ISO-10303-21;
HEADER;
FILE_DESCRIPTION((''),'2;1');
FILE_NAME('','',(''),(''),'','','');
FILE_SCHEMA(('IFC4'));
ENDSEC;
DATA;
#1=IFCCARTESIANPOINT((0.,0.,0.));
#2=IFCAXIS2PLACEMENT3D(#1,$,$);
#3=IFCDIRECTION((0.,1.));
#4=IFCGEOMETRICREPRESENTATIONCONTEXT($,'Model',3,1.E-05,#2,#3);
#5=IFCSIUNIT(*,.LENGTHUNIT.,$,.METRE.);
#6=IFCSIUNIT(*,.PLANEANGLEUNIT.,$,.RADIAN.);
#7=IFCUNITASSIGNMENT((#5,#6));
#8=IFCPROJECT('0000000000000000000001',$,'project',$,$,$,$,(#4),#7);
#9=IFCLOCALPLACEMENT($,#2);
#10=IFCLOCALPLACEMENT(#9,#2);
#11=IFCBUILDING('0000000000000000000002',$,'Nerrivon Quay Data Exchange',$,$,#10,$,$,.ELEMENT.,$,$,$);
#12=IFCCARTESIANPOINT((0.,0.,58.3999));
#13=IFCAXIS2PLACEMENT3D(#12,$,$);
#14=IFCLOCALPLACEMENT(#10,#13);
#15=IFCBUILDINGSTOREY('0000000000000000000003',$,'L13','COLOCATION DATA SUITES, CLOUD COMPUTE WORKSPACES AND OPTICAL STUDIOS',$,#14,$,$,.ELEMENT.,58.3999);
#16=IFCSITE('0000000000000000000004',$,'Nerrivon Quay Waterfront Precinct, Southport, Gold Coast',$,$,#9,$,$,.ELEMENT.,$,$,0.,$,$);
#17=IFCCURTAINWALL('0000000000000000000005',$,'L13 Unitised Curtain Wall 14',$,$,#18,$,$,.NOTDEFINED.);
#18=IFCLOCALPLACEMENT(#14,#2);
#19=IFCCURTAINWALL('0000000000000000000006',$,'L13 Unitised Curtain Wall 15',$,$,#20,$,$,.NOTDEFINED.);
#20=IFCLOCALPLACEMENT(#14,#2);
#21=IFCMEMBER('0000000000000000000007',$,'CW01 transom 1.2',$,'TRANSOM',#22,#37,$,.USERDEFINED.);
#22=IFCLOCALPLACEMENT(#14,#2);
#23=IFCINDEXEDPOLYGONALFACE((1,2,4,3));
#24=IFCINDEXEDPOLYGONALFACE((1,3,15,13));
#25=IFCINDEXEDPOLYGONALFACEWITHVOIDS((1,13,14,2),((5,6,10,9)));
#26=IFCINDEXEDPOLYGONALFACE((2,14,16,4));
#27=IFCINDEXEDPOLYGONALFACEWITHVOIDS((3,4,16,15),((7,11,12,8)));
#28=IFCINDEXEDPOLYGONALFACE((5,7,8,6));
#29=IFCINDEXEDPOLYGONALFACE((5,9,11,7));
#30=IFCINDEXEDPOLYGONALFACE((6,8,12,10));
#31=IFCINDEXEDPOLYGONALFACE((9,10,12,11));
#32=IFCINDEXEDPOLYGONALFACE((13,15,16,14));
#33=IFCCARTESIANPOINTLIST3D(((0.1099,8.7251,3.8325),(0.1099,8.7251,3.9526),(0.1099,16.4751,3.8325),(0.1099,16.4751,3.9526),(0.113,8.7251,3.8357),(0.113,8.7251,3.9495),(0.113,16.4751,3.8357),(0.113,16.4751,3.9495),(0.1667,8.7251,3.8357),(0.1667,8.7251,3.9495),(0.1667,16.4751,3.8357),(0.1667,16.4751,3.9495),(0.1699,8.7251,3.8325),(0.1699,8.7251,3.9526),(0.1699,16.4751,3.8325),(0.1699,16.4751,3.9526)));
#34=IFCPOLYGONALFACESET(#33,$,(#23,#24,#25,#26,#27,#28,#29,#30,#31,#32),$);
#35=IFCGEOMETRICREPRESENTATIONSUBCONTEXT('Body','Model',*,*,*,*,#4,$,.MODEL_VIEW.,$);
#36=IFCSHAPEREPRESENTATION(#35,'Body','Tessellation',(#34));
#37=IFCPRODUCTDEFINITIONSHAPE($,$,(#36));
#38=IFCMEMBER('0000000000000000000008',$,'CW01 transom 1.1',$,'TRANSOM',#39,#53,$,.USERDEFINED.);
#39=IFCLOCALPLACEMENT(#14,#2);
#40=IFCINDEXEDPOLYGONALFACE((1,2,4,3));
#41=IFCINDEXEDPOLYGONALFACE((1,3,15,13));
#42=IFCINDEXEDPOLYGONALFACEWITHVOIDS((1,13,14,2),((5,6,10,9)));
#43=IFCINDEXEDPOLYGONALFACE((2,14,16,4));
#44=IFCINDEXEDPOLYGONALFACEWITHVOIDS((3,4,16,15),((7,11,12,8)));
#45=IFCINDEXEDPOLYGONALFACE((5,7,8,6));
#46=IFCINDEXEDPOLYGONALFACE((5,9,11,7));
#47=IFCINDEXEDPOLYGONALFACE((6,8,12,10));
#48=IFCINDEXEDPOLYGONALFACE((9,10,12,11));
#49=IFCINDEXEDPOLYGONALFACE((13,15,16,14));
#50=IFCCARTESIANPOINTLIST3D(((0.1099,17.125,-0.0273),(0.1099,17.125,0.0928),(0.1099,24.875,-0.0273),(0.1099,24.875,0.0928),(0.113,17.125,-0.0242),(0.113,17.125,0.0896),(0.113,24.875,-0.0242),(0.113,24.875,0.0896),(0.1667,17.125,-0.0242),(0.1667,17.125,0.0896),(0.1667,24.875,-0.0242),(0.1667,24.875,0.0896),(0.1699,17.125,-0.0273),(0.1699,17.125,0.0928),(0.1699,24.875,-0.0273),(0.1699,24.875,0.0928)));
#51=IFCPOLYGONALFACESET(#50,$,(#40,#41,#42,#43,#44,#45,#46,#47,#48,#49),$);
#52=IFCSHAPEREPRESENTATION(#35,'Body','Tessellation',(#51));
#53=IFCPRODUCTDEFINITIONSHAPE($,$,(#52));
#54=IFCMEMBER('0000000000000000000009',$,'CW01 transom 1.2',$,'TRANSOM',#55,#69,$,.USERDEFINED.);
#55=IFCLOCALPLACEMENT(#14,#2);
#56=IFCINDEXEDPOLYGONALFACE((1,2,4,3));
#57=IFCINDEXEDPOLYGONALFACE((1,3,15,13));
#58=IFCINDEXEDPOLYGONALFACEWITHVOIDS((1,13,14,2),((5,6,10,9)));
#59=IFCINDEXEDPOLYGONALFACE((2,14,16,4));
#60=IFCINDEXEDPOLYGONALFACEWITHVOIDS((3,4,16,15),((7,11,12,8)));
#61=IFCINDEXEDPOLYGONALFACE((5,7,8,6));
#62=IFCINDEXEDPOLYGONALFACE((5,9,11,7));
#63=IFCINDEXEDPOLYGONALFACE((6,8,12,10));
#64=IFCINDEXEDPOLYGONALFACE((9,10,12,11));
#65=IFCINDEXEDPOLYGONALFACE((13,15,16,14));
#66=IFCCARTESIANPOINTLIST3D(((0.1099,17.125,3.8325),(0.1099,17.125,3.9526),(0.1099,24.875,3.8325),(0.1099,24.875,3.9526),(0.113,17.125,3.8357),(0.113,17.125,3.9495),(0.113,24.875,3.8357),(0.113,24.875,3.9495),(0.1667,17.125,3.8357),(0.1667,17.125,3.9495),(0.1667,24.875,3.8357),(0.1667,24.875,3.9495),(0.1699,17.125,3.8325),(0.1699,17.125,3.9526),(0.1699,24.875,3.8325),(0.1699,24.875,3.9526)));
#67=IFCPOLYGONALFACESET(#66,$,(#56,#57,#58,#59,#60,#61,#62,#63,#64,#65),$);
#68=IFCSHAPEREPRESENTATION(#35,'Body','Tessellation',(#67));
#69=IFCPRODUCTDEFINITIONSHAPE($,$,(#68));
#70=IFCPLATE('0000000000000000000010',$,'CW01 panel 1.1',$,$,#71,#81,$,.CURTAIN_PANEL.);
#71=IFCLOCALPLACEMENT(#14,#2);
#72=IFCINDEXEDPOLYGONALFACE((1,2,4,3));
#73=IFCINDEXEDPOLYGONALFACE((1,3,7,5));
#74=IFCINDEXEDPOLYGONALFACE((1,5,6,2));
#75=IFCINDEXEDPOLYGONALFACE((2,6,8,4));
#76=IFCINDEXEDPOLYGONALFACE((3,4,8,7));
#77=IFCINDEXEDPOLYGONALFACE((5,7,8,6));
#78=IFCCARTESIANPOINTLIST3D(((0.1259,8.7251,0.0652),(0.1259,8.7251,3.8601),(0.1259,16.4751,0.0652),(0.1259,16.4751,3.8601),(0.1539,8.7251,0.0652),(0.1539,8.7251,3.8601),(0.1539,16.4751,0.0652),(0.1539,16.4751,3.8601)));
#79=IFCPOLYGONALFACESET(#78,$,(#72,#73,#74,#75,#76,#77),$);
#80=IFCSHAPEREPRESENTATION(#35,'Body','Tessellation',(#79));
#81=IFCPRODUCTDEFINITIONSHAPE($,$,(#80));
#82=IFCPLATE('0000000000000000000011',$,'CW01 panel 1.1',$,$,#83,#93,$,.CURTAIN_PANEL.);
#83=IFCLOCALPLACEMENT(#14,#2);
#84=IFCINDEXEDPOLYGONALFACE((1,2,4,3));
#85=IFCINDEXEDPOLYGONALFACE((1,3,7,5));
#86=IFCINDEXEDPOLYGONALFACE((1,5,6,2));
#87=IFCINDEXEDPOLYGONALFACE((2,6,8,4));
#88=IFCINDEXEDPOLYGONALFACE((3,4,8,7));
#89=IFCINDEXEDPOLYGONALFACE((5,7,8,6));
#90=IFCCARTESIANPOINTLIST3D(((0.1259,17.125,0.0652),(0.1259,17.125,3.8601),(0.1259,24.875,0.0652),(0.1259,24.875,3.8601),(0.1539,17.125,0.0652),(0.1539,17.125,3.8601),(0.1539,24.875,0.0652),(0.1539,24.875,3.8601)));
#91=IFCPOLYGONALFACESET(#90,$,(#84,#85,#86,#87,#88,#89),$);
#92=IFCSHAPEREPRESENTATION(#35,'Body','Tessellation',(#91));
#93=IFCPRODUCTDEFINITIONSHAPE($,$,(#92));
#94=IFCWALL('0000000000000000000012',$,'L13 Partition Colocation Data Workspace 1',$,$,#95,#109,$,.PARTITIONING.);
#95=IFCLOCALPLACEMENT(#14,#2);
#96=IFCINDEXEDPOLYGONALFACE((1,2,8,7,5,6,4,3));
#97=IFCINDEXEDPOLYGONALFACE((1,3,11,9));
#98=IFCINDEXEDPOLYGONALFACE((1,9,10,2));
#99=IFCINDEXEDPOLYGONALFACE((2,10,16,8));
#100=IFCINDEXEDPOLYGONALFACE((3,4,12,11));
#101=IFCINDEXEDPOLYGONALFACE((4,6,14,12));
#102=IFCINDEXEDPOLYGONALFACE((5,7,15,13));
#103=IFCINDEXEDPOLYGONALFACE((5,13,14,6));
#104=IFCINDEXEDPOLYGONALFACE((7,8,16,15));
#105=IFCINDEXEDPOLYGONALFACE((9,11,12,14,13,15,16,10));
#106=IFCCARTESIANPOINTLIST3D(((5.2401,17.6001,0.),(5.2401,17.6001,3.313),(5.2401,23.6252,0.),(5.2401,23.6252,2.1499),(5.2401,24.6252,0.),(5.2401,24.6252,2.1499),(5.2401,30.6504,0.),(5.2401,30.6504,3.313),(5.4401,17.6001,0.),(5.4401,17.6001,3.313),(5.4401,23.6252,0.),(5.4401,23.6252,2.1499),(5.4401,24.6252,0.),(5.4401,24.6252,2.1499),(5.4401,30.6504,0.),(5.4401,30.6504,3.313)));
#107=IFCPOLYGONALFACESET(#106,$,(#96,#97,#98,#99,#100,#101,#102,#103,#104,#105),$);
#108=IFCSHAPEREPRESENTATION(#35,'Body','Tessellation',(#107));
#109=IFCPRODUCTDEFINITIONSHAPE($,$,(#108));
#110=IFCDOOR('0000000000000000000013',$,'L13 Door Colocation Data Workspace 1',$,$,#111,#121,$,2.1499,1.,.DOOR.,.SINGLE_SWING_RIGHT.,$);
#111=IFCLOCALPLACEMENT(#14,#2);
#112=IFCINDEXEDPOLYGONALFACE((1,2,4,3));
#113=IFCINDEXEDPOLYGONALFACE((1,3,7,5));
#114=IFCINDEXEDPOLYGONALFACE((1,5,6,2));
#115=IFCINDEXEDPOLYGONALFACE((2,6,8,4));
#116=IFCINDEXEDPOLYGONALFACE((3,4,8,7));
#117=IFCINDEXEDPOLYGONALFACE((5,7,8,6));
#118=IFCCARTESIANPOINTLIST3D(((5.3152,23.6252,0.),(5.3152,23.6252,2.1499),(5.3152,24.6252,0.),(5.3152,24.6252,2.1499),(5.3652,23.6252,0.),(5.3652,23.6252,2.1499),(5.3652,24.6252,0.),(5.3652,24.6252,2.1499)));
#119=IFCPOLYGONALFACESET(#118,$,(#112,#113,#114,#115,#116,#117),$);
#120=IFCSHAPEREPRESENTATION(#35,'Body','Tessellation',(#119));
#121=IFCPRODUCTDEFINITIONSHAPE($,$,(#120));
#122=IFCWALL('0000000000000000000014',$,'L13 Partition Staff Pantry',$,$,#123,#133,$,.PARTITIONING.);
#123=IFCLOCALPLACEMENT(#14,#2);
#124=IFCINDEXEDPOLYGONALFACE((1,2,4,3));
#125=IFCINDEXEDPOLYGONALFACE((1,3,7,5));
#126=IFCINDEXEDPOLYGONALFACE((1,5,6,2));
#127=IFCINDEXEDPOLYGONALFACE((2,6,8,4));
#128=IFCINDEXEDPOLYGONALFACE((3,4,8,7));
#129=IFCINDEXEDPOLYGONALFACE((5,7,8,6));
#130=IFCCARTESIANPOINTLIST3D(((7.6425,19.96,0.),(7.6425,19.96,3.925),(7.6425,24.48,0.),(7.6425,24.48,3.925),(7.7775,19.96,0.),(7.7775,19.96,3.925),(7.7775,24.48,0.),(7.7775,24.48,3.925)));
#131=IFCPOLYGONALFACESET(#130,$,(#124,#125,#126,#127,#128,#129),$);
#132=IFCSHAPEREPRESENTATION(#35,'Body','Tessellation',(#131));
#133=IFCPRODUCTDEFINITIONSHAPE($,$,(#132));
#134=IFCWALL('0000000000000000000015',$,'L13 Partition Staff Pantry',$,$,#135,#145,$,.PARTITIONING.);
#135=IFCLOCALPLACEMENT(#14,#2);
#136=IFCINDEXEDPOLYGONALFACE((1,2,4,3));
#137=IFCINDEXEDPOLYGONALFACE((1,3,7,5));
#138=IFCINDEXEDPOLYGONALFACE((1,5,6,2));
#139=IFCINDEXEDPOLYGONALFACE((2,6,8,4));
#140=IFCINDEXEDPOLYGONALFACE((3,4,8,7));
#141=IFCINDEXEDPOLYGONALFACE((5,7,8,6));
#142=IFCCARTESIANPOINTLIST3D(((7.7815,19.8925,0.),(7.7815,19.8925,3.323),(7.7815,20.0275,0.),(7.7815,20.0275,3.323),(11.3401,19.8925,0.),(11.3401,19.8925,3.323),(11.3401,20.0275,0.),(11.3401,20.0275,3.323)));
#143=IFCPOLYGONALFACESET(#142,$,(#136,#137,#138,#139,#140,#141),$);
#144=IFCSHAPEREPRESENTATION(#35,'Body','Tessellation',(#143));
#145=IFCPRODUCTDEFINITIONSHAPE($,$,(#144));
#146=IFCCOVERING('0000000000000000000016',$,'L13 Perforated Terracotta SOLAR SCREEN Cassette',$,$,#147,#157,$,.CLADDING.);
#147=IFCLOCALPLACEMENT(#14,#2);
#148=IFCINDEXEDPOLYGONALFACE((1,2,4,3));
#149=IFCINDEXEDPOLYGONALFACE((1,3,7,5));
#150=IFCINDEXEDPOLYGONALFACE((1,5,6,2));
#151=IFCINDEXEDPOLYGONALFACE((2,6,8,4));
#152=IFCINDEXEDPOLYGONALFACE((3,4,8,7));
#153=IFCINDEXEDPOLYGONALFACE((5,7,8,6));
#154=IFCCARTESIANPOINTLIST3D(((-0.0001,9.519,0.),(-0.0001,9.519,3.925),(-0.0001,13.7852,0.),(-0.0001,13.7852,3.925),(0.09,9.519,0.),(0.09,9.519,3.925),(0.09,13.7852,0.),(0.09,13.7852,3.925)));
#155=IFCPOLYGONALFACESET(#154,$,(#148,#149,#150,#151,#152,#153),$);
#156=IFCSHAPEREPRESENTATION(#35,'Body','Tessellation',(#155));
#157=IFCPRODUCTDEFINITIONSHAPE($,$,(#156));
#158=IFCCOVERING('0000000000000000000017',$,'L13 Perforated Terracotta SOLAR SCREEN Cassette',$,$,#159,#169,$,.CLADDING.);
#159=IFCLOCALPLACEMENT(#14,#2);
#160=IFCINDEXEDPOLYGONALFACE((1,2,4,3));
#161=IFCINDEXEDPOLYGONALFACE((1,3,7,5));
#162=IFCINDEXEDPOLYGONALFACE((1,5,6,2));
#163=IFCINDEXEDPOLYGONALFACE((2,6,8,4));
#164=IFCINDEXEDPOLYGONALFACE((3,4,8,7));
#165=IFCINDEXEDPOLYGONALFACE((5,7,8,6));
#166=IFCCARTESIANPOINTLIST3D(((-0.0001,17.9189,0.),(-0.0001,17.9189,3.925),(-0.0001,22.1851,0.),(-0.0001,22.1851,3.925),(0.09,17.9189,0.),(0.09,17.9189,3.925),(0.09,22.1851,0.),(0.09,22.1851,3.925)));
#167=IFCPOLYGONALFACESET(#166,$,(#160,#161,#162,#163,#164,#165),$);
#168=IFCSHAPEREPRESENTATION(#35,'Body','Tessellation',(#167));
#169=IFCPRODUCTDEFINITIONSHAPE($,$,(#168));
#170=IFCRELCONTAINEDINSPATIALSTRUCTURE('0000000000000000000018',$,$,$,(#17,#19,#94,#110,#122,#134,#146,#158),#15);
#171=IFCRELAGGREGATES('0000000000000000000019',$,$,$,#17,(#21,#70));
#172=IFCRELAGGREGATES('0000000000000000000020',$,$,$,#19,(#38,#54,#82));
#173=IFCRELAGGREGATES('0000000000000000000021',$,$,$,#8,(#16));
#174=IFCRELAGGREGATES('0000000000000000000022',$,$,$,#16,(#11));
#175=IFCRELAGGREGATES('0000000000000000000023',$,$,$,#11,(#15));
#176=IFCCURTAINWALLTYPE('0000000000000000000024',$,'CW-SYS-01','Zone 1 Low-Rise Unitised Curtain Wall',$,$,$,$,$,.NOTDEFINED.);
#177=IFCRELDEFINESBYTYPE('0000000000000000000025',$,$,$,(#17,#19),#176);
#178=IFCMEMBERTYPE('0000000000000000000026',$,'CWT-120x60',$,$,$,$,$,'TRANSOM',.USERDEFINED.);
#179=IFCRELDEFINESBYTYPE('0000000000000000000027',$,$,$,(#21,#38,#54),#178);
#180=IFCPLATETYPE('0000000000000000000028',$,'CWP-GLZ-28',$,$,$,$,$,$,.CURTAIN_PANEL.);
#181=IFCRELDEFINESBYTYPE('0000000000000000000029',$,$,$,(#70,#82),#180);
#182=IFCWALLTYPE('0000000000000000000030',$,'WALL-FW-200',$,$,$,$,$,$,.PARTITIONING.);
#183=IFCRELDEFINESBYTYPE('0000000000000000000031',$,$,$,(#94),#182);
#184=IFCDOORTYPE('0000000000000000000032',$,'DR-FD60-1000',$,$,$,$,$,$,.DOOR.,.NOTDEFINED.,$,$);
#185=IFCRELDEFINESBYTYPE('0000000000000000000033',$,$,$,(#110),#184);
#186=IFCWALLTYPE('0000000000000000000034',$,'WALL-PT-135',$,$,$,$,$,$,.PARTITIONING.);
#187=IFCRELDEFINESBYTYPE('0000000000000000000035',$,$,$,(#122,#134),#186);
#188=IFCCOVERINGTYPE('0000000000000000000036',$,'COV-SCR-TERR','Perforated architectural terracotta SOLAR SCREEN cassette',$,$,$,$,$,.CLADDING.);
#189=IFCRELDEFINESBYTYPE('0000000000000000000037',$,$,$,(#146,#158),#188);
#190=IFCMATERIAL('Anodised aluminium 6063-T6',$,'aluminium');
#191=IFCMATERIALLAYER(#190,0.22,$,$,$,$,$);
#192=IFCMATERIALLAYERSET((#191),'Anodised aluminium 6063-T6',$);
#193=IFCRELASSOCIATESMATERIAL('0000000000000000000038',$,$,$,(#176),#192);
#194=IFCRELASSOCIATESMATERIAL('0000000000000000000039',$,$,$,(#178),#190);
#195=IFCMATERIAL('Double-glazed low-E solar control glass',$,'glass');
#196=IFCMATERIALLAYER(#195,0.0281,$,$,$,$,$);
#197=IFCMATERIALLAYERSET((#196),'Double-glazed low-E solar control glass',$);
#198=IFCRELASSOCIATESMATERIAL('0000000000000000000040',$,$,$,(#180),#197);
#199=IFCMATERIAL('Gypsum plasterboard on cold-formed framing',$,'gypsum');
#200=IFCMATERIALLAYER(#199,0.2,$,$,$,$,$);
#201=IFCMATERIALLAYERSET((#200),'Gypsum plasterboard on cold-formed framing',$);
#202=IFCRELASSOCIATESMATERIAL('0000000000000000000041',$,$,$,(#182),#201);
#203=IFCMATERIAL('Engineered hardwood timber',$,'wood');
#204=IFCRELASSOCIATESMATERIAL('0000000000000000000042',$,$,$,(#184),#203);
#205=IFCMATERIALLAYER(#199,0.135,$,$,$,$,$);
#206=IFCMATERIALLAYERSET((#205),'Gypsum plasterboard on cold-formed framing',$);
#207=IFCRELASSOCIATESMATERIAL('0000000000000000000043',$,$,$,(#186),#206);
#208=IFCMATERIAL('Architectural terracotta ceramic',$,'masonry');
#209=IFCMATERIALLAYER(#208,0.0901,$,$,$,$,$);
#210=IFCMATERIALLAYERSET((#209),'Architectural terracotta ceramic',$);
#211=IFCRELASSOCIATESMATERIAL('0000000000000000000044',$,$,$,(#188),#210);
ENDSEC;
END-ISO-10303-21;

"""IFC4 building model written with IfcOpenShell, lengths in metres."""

from ifc_helpers import new_model, si_unit, direction, frame, frame_2d, origin, origin_2d, place, context, subcontext, project, spatial, rectangle, hollow_rectangle, extrude, material, layer, layer_set, material_profile, profile_set, type_object, element, fill, aggregate, save


model = new_model("IFC4")

# Units and contexts
model_context = context("Model", 3, precision=1e-05, world=origin(), true_north=direction((0.0, 1.0)))
body_context = subcontext(model_context, "Body", "Model", "MODEL_VIEW")
ifc_project = project(units=[si_unit("LENGTHUNIT", "METRE"), si_unit("PLANEANGLEUNIT", "RADIAN")], contexts=[model_context])

# Site, building, storey
site_placement = place(None, origin())
site = spatial("IfcSite", under=ifc_project, at=site_placement, Name="Nerrivon Quay Waterfront Precinct, Southport, Gold Coast", CompositionType="ELEMENT", RefElevation=0.0)
building_placement = place(site_placement, origin())
building = spatial("IfcBuilding", under=site, at=building_placement, Name="Nerrivon Quay Data Exchange", CompositionType="ELEMENT")
storey_placement = place(building_placement, frame((0.0, 0.0, 58.3999)))
storey = spatial("IfcBuildingStorey", under=building, at=storey_placement, Name="L13", Description="COLOCATION DATA SUITES, CLOUD COMPUTE WORKSPACES AND OPTICAL STUDIOS", CompositionType="ELEMENT", Elevation=58.3999)

# Curtain walls
ifc_material_1 = material(Name="Anodised aluminium 6063-T6", Category="aluminium")
ifc_layer_1 = layer(ifc_material_1, 0.22)
ifc_layer_set_1 = layer_set([ifc_layer_1], Name="Anodised aluminium 6063-T6")
curtain_wall_type = type_object("IfcCurtainWallType", Name="CW-SYS-01", Description="Zone 1 Low-Rise Unitised Curtain Wall", PredefinedType="NOTDEFINED", material=ifc_layer_set_1)
curtain_wall_1_placement = place(storey_placement, origin())
curtain_wall_1 = element("IfcCurtainWall", 1, at=curtain_wall_1_placement, inside=storey, type_object=curtain_wall_type, Name="L13 Unitised Curtain Wall 14", PredefinedType="NOTDEFINED")
curtain_wall_2_placement = place(storey_placement, origin())
curtain_wall_2 = element("IfcCurtainWall", 2, at=curtain_wall_2_placement, inside=storey, type_object=curtain_wall_type, Name="L13 Unitised Curtain Wall 15", PredefinedType="NOTDEFINED")

# Members
ifc_material_profile_1 = material_profile(ifc_material_1, hollow_rectangle(XDim=0.0601, YDim=0.1201, WallThickness=0.0032, at=origin_2d()), Name="ALU-TRAN-120x60")
ifc_profile_set_1 = profile_set([ifc_material_profile_1], Name="Anodised aluminium 6063-T6")
member_type_1 = type_object("IfcMemberType", Name="CWT-120x60", ElementType="TRANSOM", PredefinedType="USERDEFINED", material=ifc_profile_set_1)
member_1_placement = place(storey_placement, frame((0.1399, 8.7251, 3.8926), z_axis=(0.0, 1.0, 0.0), x_axis=(-1.0, 0.0, 0.0)))
member_1 = element("IfcMember", 3, at=member_1_placement, type_object=member_type_1, Name="CW01 transom 1.2", ObjectType="TRANSOM", PredefinedType="USERDEFINED", context=body_context, shape_type="SweptSolid", body=[
    extrude(hollow_rectangle(XDim=0.0601, YDim=0.1201, WallThickness=0.0032, at=origin_2d()), origin(), (0.0, 0.0, 1.0), 7.75),
])
member_2_placement = place(storey_placement, frame((0.1399, 17.125, 0.0327), z_axis=(0.0, 1.0, 0.0), x_axis=(-1.0, 0.0, 0.0)))
member_2 = element("IfcMember", 4, at=member_2_placement, type_object=member_type_1, Name="CW01 transom 1.1", ObjectType="TRANSOM", PredefinedType="USERDEFINED", context=body_context, shape_type="SweptSolid", body=[
    extrude(hollow_rectangle(XDim=0.0601, YDim=0.1201, WallThickness=0.0032, at=origin_2d()), origin(), (0.0, 0.0, 1.0), 7.75),
])
member_3_placement = place(storey_placement, frame((0.1399, 17.125, 3.8926), z_axis=(0.0, 1.0, 0.0), x_axis=(-1.0, 0.0, 0.0)))
member_3 = element("IfcMember", 5, at=member_3_placement, type_object=member_type_1, Name="CW01 transom 1.2", ObjectType="TRANSOM", PredefinedType="USERDEFINED", context=body_context, shape_type="SweptSolid", body=[
    extrude(hollow_rectangle(XDim=0.0601, YDim=0.1201, WallThickness=0.0032, at=origin_2d()), origin(), (0.0, 0.0, 1.0), 7.75),
])

# Plates
ifc_material_2 = material(Name="Double-glazed low-E solar control glass", Category="glass")
ifc_layer_2 = layer(ifc_material_2, 0.0281)
ifc_layer_set_2 = layer_set([ifc_layer_2], Name="Double-glazed low-E solar control glass")
plate_type = type_object("IfcPlateType", Name="CWP-GLZ-28", PredefinedType="CURTAIN_PANEL", material=ifc_layer_set_2)
plate_1_placement = place(storey_placement, frame((0.1399, 12.6001, 0.0652), z_axis=(0.0, 0.0, 1.0), x_axis=(0.0, 1.0, 0.0)))
plate_1 = element("IfcPlate", 6, at=plate_1_placement, type_object=plate_type, Name="CW01 panel 1.1", PredefinedType="CURTAIN_PANEL", context=body_context, shape_type="SweptSolid", body=[
    extrude(rectangle(XDim=7.75, YDim=0.0281, at=origin_2d()), origin(), (0.0, 0.0, 1.0), 3.7949),
])
aggregate(curtain_wall_1, [member_1, plate_1])
plate_2_placement = place(storey_placement, frame((0.1399, 21.0, 0.0652), z_axis=(0.0, 0.0, 1.0), x_axis=(0.0, 1.0, 0.0)))
plate_2 = element("IfcPlate", 7, at=plate_2_placement, type_object=plate_type, Name="CW01 panel 1.1", PredefinedType="CURTAIN_PANEL", context=body_context, shape_type="SweptSolid", body=[
    extrude(rectangle(XDim=7.75, YDim=0.0281, at=origin_2d()), origin(), (0.0, 0.0, 1.0), 3.7949),
])
aggregate(curtain_wall_2, [member_2, member_3, plate_2])

# Wall, opening, door
ifc_material_3 = material(Name="Gypsum plasterboard on cold-formed framing", Category="gypsum")
ifc_layer_3 = layer(ifc_material_3, 0.2)
ifc_layer_set_3 = layer_set([ifc_layer_3], Name="Gypsum plasterboard on cold-formed framing")
wall_type_1 = type_object("IfcWallType", Name="WALL-FW-200", PredefinedType="PARTITIONING", material=ifc_layer_set_3)
wall_1_placement = place(storey_placement, frame((5.3401, 17.6001, 0.0), z_axis=(0.0, 0.0, 1.0), x_axis=(0.0, 1.0, 0.0)))
wall_1 = element("IfcWall", 8, at=wall_1_placement, inside=storey, type_object=wall_type_1, Name="L13 Partition Colocation Data Workspace 1", PredefinedType="PARTITIONING", context=body_context, shape_type="SweptSolid", body=[
    extrude(rectangle(XDim=13.0503, YDim=0.2, at=frame_2d((6.5251, 0.0))), origin(), (0.0, 0.0, 1.0), 3.313),
])
opening_placement = place(wall_1_placement, frame((6.0251, 0.0, 0.0)))
opening = element("IfcOpeningElement", 9, at=opening_placement, cuts=wall_1, PredefinedType="OPENING", context=body_context, shape_type="SweptSolid", body=[
    extrude(rectangle(XDim=1.0, YDim=2.1499, at=frame_2d((0.5, 1.075))), frame((0.0, 0.1099, 0.0), z_axis=(0.0, -1.0, 0.0), x_axis=(1.0, 0.0, 0.0)), (0.0, 0.0, 1.0), 0.22),
])
ifc_material_4 = material(Name="Engineered hardwood timber", Category="wood")
door_type = type_object("IfcDoorType", Name="DR-FD60-1000", OperationType="NOTDEFINED", PredefinedType="DOOR", material=ifc_material_4)
door_placement = place(opening_placement, origin())
door = element("IfcDoor", 10, at=door_placement, inside=storey, type_object=door_type, Name="L13 Door Colocation Data Workspace 1", OperationType="SINGLE_SWING_RIGHT", OverallHeight=2.1499, OverallWidth=1.0, PredefinedType="DOOR", context=body_context, shape_type="SweptSolid", body=[
    extrude(rectangle(XDim=1.0, YDim=2.1499, at=frame_2d((0.5, 1.075))), frame((0.0, 0.0249, 0.0), z_axis=(0.0, -1.0, 0.0), x_axis=(1.0, 0.0, 0.0)), (0.0, 0.0, 1.0), 0.05),
])
fill(opening, door)

# Walls
ifc_layer_4 = layer(ifc_material_3, 0.135)
ifc_layer_set_4 = layer_set([ifc_layer_4], Name="Gypsum plasterboard on cold-formed framing")
wall_type_2 = type_object("IfcWallType", Name="WALL-PT-135", PredefinedType="PARTITIONING", material=ifc_layer_set_4)
wall_2_placement = place(storey_placement, frame((7.71, 24.48, 0.0), z_axis=(0.0, 0.0, 1.0), x_axis=(0.0, -1.0, 0.0)))
element("IfcWall", 11, at=wall_2_placement, inside=storey, type_object=wall_type_2, Name="L13 Partition Staff Pantry", PredefinedType="PARTITIONING", context=body_context, shape_type="SweptSolid", body=[
    extrude(rectangle(XDim=4.52, YDim=0.135, at=frame_2d((2.26, 0.0))), origin(), (0.0, 0.0, 1.0), 3.925),
])
wall_3_placement = place(storey_placement, frame((7.7815, 19.96, 0.0), z_axis=(0.0, 0.0, 1.0), x_axis=(1.0, 0.0, 0.0)))
element("IfcWall", 12, at=wall_3_placement, inside=storey, type_object=wall_type_2, Name="L13 Partition Staff Pantry", PredefinedType="PARTITIONING", context=body_context, shape_type="SweptSolid", body=[
    extrude(rectangle(XDim=3.5586, YDim=0.135, at=frame_2d((1.7793, 0.0))), origin(), (0.0, 0.0, 1.0), 3.323),
])

# Coverings
ifc_material_5 = material(Name="Architectural terracotta ceramic", Category="masonry")
ifc_layer_5 = layer(ifc_material_5, 0.0901)
ifc_layer_set_5 = layer_set([ifc_layer_5], Name="Architectural terracotta ceramic")
covering_type = type_object("IfcCoveringType", Name="COV-SCR-TERR", Description="Perforated architectural terracotta SOLAR SCREEN cassette", PredefinedType="CLADDING", material=ifc_layer_set_5)
for number, where, z_axis, x_axis, name in (
    (13, (0.0449, 11.6521, 0.0), (0.0, 0.0, 1.0), (0.0, 1.0, 0.0), "L13 Perforated Terracotta SOLAR SCREEN Cassette"),
    (14, (0.0449, 20.052, 0.0), (0.0, 0.0, 1.0), (0.0, 1.0, 0.0), "L13 Perforated Terracotta SOLAR SCREEN Cassette"),
):
    element("IfcCovering", number, at=place(storey_placement, frame(where, z_axis=z_axis, x_axis=x_axis)), inside=storey, type_object=covering_type, Name=name, PredefinedType="CLADDING", context=body_context, shape_type="SweptSolid", body=[
        extrude(rectangle(XDim=4.2661, YDim=0.0901, at=origin_2d()), origin(), (0.0, 0.0, 1.0), 3.925),
    ])

save(model, "model.ifc")
